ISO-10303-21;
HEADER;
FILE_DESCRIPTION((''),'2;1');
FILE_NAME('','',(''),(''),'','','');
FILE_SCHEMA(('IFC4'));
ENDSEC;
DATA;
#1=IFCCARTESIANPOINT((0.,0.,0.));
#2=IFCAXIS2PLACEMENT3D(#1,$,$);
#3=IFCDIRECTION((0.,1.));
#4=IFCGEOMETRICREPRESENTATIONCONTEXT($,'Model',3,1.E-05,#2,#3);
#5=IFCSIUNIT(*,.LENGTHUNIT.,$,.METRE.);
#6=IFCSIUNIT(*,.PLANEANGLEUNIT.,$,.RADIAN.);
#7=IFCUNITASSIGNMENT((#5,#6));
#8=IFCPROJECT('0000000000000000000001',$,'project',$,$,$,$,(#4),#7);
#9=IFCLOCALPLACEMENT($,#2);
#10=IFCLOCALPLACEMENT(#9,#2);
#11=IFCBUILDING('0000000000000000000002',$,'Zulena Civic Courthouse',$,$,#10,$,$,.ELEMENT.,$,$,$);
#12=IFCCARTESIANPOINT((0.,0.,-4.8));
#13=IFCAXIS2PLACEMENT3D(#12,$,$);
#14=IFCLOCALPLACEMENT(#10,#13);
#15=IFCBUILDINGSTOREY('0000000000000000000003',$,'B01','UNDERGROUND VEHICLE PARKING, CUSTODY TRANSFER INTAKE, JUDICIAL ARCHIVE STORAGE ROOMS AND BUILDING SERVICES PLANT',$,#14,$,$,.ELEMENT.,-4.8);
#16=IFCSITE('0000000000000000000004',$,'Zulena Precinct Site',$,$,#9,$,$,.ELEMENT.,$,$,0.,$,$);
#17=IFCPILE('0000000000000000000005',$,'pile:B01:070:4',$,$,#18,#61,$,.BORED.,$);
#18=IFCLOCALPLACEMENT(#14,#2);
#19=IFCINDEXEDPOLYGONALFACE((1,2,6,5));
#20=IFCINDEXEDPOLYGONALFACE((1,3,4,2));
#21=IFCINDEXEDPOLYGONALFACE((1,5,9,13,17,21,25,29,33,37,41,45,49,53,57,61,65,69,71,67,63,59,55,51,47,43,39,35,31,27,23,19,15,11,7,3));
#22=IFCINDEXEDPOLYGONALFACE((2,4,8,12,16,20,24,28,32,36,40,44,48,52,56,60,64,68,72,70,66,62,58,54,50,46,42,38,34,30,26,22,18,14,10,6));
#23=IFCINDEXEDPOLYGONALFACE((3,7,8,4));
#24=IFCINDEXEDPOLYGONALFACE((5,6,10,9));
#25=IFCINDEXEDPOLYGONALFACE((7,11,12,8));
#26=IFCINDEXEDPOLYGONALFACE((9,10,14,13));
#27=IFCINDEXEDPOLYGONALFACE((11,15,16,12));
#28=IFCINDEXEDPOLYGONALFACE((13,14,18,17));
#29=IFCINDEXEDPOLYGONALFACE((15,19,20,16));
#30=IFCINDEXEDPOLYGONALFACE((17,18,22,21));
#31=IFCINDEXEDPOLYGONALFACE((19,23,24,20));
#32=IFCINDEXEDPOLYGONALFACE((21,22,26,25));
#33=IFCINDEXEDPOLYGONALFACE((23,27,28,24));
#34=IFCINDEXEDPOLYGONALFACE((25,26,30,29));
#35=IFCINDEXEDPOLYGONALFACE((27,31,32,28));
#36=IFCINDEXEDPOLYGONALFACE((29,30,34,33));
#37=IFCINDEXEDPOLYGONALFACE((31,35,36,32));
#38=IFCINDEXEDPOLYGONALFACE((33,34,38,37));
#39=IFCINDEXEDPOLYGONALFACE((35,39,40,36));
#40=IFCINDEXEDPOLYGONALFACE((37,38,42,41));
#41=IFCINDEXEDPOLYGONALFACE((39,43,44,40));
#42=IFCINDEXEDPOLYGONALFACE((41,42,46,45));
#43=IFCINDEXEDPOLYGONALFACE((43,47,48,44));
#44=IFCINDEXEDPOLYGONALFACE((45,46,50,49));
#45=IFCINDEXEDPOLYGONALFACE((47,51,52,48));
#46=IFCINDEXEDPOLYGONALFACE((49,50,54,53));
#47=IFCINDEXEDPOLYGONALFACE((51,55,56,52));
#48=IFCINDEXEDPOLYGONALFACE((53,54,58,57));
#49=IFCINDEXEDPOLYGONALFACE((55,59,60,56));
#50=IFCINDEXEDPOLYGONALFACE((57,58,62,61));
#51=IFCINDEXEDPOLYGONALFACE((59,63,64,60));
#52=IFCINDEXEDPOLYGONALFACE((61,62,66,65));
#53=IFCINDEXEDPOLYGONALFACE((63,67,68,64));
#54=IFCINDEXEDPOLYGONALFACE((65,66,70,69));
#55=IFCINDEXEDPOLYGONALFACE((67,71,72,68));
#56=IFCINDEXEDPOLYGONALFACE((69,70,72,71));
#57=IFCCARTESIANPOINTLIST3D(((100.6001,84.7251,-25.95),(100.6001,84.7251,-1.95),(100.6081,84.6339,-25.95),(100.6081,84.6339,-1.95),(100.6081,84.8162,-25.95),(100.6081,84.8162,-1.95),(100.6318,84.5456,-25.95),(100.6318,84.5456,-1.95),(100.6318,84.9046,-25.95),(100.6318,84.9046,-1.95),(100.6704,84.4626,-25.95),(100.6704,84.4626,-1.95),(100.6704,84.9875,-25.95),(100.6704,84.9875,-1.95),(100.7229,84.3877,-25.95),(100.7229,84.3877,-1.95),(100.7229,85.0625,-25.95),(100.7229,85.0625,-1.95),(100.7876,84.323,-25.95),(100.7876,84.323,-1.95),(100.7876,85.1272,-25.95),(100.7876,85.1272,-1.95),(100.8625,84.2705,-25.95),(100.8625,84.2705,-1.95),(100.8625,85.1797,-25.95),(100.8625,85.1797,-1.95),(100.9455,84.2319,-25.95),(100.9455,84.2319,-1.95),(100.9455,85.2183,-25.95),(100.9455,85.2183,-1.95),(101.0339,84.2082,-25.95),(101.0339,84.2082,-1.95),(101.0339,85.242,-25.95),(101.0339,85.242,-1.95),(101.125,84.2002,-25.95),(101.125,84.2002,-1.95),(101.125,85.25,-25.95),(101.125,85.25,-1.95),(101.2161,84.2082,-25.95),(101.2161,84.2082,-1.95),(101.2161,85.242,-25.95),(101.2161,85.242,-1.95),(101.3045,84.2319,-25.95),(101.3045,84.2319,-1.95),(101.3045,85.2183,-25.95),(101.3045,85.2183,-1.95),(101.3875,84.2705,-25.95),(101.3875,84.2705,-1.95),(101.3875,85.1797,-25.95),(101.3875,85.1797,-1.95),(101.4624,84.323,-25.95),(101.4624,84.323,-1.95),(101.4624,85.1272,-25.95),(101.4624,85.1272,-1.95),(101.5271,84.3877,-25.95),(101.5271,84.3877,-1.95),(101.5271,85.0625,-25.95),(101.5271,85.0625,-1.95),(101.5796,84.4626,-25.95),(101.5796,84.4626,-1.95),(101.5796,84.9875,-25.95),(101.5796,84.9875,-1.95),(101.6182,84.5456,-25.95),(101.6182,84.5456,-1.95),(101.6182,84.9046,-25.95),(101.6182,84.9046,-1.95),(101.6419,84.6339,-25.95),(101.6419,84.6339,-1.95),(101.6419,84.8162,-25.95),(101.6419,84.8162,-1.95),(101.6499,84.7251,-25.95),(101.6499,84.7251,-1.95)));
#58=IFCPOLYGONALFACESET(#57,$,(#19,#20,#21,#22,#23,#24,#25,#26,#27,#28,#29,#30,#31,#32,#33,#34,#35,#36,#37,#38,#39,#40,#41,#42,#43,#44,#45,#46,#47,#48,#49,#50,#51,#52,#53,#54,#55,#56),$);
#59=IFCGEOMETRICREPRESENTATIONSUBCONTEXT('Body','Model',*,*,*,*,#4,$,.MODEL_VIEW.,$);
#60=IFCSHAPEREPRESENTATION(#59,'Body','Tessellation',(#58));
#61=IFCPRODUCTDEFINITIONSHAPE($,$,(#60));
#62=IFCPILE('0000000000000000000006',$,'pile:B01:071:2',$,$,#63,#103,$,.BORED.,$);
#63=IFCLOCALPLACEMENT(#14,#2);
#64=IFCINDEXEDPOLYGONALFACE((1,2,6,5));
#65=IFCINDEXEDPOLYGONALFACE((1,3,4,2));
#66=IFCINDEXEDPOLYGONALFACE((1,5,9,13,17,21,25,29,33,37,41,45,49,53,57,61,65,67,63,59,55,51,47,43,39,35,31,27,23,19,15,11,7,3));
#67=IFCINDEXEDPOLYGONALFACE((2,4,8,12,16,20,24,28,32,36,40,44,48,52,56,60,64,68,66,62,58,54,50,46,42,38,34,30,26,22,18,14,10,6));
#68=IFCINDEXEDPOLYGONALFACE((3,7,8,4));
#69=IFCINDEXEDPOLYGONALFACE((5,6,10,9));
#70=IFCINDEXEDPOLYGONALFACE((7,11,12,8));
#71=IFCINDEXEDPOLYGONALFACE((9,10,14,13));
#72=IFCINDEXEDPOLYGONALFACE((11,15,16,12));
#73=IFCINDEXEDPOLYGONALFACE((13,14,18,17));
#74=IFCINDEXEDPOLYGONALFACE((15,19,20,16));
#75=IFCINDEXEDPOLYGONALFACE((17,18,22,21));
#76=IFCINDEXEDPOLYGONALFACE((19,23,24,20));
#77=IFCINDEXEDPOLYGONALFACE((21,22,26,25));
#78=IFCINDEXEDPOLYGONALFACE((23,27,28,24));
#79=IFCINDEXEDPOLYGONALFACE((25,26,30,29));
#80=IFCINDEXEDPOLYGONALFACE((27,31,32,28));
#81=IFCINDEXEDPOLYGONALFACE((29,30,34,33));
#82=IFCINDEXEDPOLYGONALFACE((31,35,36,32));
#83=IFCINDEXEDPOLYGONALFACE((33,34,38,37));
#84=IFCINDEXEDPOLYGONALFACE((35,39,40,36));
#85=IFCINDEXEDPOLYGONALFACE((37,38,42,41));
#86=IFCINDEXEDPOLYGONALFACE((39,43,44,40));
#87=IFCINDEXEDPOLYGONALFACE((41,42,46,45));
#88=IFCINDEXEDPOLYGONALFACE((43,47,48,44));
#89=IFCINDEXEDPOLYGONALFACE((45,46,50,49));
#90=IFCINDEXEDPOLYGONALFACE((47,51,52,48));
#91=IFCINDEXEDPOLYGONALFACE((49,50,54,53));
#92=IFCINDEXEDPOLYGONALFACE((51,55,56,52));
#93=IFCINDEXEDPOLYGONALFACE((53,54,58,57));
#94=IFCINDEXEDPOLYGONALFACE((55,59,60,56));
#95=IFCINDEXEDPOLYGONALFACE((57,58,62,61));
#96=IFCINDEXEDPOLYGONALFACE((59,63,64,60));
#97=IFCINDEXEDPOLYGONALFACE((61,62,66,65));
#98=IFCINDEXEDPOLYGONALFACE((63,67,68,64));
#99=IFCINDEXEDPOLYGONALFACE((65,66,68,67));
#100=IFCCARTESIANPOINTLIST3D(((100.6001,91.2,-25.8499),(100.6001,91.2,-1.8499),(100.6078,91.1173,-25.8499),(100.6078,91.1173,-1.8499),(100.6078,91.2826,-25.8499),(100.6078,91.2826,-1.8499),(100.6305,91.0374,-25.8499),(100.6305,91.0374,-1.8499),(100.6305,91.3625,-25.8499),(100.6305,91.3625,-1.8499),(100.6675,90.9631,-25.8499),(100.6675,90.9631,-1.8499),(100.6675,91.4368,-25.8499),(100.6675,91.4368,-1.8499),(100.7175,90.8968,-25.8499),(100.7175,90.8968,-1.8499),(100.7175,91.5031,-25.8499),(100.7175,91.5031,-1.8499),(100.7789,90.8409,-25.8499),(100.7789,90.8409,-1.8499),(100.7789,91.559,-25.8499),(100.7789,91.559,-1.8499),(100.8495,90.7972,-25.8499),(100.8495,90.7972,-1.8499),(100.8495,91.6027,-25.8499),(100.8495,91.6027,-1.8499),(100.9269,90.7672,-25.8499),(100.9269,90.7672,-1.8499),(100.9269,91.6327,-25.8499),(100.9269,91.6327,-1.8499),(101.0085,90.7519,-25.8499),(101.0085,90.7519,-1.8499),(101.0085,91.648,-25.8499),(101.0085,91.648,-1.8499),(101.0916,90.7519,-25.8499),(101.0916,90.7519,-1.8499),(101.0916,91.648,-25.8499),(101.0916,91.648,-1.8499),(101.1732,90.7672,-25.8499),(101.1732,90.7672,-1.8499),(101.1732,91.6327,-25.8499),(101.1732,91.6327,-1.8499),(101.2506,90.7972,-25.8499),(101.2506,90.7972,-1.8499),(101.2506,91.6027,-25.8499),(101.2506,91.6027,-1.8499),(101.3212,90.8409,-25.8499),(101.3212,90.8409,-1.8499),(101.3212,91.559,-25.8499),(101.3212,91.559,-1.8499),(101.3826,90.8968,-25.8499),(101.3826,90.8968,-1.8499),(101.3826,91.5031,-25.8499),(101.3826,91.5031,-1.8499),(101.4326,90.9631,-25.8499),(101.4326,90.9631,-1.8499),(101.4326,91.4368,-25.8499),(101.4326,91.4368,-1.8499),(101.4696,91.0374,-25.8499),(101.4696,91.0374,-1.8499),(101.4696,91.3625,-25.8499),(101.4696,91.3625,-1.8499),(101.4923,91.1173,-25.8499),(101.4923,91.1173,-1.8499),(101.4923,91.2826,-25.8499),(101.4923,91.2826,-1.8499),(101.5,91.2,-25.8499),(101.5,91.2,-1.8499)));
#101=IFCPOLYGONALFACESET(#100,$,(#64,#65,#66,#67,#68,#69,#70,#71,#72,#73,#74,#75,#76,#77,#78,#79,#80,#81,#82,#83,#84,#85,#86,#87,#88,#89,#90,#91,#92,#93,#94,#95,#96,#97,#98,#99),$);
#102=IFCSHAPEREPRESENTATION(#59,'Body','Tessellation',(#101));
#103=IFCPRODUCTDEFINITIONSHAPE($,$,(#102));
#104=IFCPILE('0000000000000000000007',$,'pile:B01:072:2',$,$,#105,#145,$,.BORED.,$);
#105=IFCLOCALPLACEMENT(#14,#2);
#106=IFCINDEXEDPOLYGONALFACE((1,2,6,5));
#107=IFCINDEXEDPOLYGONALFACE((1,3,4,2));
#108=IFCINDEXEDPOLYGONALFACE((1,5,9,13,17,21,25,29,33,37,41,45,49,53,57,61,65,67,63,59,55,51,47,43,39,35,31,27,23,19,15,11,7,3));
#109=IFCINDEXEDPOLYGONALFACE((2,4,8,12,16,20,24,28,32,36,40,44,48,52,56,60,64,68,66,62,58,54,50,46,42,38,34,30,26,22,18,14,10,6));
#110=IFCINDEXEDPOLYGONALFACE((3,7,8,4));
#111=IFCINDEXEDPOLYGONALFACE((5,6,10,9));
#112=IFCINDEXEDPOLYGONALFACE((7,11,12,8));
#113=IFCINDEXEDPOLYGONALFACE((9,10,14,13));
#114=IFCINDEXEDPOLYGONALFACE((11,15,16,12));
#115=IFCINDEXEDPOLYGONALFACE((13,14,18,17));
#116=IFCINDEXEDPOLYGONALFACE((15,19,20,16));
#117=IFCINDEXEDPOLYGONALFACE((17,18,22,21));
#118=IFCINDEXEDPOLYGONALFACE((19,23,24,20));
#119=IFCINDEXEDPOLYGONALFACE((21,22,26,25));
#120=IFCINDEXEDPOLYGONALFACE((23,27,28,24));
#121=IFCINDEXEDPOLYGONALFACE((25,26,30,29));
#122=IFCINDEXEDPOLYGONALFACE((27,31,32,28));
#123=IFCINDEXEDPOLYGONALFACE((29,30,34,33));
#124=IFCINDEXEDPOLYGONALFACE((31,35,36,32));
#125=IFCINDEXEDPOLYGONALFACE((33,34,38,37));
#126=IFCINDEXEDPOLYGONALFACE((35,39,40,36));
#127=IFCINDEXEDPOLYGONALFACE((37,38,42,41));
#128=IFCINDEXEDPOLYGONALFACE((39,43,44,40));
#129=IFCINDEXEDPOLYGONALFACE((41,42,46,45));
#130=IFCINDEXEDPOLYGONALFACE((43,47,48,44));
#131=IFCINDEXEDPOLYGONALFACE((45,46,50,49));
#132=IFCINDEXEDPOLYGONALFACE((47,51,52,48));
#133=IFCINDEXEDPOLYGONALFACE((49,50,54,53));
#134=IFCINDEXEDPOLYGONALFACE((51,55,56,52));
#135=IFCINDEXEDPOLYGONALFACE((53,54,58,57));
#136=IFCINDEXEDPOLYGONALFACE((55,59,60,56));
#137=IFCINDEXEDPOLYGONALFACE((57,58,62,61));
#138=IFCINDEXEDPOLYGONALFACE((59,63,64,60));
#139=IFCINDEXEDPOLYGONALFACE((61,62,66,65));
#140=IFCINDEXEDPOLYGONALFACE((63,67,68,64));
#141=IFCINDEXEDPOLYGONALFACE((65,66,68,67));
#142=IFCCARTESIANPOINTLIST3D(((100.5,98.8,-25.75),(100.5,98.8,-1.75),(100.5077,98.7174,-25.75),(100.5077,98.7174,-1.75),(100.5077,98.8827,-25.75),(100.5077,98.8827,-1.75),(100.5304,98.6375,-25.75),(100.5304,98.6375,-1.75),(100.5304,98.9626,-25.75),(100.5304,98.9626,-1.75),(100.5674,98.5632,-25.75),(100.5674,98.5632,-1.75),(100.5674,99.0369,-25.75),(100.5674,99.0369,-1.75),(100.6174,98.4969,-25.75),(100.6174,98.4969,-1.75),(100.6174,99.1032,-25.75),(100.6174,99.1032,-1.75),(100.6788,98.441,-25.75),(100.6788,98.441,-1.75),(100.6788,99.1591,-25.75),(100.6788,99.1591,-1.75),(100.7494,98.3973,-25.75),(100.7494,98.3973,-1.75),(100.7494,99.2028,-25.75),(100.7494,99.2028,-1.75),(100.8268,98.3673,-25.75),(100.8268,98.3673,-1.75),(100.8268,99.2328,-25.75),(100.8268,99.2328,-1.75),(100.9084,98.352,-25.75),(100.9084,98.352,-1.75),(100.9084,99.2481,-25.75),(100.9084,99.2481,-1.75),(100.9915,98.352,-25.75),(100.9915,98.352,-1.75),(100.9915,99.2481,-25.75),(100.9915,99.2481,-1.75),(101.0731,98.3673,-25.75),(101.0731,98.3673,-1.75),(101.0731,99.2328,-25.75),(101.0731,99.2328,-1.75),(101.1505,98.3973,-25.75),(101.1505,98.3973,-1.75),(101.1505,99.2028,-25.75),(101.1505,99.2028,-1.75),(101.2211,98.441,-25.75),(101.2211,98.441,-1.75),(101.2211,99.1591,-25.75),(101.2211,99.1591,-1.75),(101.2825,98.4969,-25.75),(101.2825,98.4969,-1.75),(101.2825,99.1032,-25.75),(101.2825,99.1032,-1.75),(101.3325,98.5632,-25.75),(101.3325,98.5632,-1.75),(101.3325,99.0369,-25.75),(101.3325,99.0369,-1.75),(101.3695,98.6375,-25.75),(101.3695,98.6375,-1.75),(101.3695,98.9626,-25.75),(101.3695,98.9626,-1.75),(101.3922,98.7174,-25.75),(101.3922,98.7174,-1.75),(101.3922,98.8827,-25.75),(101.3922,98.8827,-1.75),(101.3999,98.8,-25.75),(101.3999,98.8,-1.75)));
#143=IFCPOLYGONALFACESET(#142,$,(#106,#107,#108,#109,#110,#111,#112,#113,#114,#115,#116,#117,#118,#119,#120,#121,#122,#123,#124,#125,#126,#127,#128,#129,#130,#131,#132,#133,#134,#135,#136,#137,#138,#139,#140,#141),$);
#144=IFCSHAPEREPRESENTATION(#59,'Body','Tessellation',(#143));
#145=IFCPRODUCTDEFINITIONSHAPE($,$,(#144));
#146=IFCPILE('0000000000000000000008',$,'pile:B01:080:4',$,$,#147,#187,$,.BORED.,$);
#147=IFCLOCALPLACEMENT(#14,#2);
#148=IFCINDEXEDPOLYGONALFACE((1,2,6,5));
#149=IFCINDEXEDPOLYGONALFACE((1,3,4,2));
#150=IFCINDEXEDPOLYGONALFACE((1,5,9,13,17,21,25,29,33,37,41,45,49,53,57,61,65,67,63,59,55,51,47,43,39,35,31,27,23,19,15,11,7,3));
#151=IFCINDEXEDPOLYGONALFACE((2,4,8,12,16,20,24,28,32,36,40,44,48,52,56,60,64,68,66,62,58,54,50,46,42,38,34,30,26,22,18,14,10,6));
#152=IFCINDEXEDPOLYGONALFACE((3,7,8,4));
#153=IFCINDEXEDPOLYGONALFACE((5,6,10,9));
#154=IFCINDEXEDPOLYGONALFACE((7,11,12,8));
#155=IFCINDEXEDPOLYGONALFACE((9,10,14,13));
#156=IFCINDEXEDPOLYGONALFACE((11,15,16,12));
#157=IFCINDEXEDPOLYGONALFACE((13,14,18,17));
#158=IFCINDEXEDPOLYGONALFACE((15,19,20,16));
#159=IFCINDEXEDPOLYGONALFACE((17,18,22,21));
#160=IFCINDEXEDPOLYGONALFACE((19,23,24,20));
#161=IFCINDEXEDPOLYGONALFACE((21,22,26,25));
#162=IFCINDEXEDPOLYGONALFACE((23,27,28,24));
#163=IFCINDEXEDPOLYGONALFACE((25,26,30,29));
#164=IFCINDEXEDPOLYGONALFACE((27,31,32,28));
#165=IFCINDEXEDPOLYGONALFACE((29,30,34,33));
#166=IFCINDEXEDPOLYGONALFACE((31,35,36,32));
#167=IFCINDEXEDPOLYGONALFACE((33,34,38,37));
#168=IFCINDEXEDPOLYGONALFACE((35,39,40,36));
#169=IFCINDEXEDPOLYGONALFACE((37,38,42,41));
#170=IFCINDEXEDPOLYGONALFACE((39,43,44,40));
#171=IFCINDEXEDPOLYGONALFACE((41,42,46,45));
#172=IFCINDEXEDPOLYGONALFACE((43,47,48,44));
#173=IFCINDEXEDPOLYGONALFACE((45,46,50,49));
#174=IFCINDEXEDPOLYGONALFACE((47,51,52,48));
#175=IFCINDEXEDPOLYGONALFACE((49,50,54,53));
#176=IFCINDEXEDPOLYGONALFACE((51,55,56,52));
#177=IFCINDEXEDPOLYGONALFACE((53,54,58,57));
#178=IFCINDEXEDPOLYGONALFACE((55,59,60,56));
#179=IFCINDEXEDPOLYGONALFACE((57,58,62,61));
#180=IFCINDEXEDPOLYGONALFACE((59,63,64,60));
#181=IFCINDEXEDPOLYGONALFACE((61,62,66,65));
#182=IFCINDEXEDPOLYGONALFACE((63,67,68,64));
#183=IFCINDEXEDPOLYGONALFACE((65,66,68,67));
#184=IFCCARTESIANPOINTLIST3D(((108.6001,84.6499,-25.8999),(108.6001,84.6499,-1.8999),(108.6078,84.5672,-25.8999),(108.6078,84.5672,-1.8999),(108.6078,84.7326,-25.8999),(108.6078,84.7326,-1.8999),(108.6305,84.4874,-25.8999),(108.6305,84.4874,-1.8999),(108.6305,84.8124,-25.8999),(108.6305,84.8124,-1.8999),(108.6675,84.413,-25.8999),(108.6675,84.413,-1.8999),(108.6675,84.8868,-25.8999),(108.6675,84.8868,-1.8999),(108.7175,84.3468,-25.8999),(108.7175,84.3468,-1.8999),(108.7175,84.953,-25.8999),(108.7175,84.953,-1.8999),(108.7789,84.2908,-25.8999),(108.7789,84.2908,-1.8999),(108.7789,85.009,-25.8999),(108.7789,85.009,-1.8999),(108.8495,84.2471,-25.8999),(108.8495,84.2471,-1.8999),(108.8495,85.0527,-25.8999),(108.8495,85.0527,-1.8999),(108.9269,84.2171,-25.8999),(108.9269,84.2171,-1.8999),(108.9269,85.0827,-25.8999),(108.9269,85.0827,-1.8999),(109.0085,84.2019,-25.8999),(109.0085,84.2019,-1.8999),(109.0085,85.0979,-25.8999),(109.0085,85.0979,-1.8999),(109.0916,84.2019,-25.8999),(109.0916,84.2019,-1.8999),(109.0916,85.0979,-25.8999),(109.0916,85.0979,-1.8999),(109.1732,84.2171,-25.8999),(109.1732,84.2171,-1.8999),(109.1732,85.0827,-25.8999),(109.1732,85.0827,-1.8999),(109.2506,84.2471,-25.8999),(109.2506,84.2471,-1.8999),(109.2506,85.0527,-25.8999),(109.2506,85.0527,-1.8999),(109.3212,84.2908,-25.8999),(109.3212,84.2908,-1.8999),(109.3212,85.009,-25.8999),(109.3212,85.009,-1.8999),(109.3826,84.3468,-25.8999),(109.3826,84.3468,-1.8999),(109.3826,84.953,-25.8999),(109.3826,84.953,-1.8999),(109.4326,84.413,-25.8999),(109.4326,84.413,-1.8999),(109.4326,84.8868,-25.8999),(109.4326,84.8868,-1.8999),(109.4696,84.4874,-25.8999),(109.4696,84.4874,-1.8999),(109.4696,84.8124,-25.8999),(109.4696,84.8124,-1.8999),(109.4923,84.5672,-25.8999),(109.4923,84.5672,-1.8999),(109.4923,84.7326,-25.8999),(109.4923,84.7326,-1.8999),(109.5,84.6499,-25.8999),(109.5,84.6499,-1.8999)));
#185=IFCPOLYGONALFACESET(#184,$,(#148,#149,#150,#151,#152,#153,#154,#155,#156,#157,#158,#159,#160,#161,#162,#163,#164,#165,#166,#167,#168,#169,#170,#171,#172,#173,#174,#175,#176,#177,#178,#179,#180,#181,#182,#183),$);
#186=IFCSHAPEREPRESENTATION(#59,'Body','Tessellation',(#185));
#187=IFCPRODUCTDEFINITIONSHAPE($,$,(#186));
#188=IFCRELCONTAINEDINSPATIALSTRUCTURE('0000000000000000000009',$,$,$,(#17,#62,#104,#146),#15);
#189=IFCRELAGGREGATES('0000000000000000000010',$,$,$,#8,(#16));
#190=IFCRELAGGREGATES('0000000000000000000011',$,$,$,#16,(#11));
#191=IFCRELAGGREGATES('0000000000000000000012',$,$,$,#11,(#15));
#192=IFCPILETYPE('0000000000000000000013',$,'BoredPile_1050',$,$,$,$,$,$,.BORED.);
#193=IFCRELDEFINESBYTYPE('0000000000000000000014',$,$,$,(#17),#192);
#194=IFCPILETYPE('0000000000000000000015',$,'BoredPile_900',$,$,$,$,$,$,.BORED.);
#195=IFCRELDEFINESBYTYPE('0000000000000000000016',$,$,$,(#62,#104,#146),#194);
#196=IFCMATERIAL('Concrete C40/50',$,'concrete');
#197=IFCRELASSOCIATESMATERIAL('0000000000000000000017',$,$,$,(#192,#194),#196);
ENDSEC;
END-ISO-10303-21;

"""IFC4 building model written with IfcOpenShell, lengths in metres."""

from ifc_helpers import new_model, si_unit, direction, frame, origin, origin_2d, place, context, subcontext, project, spatial, circle, extrude, material, material_profile, profile_set, type_object, element, save


model = new_model("IFC4")

# Units and contexts
model_context = context("Model", 3, precision=1e-05, world=origin(), true_north=direction((0.0, 1.0)))
body_context = subcontext(model_context, "Body", "Model", "MODEL_VIEW")
ifc_project = project(units=[si_unit("LENGTHUNIT", "METRE"), si_unit("PLANEANGLEUNIT", "RADIAN")], contexts=[model_context])

# Site, building, storey
site_placement = place(None, origin())
site = spatial("IfcSite", under=ifc_project, at=site_placement, Name="Zulena Precinct Site", CompositionType="ELEMENT", RefElevation=0.0)
building_placement = place(site_placement, origin())
building = spatial("IfcBuilding", under=site, at=building_placement, Name="Zulena Civic Courthouse", CompositionType="ELEMENT")
storey_placement = place(building_placement, frame((0.0, 0.0, -4.8)))
storey = spatial("IfcBuildingStorey", under=building, at=storey_placement, Name="B01", Description="UNDERGROUND VEHICLE PARKING, CUSTODY TRANSFER INTAKE, JUDICIAL ARCHIVE STORAGE ROOMS AND BUILDING SERVICES PLANT", CompositionType="ELEMENT", Elevation=-4.8)

# Piles
ifc_material_1 = material(Name="Concrete C40/50", Category="concrete")
ifc_material_profile_1 = material_profile(ifc_material_1, circle(Radius=0.5249, at=origin_2d()), Name="PILE1050")
ifc_profile_set_1 = profile_set([ifc_material_profile_1], Name="Concrete C40/50")
pile_type_1 = type_object("IfcPileType", Name="BoredPile_1050", PredefinedType="BORED", material=ifc_profile_set_1)
pile_placement = place(storey_placement, frame((101.125, 84.7251, -1.95), z_axis=(0.0, 0.0, -1.0), x_axis=(1.0, 0.0, 0.0)))
element("IfcPile", 1, at=pile_placement, inside=storey, type_object=pile_type_1, Name="pile:B01:070:4", PredefinedType="BORED", context=body_context, shape_type="SweptSolid", body=[
    extrude(circle(Radius=0.5249, at=origin_2d()), origin(), (0.0, 0.0, 1.0), 24.0),
])
ifc_material_profile_2 = material_profile(ifc_material_1, circle(Radius=0.45, at=origin_2d()), Name="PILE900")
ifc_profile_set_2 = profile_set([ifc_material_profile_2], Name="Concrete C40/50")
pile_type_2 = type_object("IfcPileType", Name="BoredPile_900", PredefinedType="BORED", material=ifc_profile_set_2)
for number, where, z_axis, x_axis, name in (
    (2, (101.05, 91.2, -1.8499), (0.0, 0.0, -1.0), (1.0, 0.0, 0.0), "pile:B01:071:2"),
    (3, (100.95, 98.8, -1.75), (0.0, 0.0, -1.0), (1.0, 0.0, 0.0), "pile:B01:072:2"),
    (4, (109.05, 84.6499, -1.8999), (0.0, 0.0, -1.0), (1.0, 0.0, 0.0), "pile:B01:080:4"),
):
    element("IfcPile", number, at=place(storey_placement, frame(where, z_axis=z_axis, x_axis=x_axis)), inside=storey, type_object=pile_type_2, Name=name, PredefinedType="BORED", context=body_context, shape_type="SweptSolid", body=[
        extrude(circle(Radius=0.45, at=origin_2d()), origin(), (0.0, 0.0, 1.0), 24.0),
    ])

save(model, "model.ifc")
